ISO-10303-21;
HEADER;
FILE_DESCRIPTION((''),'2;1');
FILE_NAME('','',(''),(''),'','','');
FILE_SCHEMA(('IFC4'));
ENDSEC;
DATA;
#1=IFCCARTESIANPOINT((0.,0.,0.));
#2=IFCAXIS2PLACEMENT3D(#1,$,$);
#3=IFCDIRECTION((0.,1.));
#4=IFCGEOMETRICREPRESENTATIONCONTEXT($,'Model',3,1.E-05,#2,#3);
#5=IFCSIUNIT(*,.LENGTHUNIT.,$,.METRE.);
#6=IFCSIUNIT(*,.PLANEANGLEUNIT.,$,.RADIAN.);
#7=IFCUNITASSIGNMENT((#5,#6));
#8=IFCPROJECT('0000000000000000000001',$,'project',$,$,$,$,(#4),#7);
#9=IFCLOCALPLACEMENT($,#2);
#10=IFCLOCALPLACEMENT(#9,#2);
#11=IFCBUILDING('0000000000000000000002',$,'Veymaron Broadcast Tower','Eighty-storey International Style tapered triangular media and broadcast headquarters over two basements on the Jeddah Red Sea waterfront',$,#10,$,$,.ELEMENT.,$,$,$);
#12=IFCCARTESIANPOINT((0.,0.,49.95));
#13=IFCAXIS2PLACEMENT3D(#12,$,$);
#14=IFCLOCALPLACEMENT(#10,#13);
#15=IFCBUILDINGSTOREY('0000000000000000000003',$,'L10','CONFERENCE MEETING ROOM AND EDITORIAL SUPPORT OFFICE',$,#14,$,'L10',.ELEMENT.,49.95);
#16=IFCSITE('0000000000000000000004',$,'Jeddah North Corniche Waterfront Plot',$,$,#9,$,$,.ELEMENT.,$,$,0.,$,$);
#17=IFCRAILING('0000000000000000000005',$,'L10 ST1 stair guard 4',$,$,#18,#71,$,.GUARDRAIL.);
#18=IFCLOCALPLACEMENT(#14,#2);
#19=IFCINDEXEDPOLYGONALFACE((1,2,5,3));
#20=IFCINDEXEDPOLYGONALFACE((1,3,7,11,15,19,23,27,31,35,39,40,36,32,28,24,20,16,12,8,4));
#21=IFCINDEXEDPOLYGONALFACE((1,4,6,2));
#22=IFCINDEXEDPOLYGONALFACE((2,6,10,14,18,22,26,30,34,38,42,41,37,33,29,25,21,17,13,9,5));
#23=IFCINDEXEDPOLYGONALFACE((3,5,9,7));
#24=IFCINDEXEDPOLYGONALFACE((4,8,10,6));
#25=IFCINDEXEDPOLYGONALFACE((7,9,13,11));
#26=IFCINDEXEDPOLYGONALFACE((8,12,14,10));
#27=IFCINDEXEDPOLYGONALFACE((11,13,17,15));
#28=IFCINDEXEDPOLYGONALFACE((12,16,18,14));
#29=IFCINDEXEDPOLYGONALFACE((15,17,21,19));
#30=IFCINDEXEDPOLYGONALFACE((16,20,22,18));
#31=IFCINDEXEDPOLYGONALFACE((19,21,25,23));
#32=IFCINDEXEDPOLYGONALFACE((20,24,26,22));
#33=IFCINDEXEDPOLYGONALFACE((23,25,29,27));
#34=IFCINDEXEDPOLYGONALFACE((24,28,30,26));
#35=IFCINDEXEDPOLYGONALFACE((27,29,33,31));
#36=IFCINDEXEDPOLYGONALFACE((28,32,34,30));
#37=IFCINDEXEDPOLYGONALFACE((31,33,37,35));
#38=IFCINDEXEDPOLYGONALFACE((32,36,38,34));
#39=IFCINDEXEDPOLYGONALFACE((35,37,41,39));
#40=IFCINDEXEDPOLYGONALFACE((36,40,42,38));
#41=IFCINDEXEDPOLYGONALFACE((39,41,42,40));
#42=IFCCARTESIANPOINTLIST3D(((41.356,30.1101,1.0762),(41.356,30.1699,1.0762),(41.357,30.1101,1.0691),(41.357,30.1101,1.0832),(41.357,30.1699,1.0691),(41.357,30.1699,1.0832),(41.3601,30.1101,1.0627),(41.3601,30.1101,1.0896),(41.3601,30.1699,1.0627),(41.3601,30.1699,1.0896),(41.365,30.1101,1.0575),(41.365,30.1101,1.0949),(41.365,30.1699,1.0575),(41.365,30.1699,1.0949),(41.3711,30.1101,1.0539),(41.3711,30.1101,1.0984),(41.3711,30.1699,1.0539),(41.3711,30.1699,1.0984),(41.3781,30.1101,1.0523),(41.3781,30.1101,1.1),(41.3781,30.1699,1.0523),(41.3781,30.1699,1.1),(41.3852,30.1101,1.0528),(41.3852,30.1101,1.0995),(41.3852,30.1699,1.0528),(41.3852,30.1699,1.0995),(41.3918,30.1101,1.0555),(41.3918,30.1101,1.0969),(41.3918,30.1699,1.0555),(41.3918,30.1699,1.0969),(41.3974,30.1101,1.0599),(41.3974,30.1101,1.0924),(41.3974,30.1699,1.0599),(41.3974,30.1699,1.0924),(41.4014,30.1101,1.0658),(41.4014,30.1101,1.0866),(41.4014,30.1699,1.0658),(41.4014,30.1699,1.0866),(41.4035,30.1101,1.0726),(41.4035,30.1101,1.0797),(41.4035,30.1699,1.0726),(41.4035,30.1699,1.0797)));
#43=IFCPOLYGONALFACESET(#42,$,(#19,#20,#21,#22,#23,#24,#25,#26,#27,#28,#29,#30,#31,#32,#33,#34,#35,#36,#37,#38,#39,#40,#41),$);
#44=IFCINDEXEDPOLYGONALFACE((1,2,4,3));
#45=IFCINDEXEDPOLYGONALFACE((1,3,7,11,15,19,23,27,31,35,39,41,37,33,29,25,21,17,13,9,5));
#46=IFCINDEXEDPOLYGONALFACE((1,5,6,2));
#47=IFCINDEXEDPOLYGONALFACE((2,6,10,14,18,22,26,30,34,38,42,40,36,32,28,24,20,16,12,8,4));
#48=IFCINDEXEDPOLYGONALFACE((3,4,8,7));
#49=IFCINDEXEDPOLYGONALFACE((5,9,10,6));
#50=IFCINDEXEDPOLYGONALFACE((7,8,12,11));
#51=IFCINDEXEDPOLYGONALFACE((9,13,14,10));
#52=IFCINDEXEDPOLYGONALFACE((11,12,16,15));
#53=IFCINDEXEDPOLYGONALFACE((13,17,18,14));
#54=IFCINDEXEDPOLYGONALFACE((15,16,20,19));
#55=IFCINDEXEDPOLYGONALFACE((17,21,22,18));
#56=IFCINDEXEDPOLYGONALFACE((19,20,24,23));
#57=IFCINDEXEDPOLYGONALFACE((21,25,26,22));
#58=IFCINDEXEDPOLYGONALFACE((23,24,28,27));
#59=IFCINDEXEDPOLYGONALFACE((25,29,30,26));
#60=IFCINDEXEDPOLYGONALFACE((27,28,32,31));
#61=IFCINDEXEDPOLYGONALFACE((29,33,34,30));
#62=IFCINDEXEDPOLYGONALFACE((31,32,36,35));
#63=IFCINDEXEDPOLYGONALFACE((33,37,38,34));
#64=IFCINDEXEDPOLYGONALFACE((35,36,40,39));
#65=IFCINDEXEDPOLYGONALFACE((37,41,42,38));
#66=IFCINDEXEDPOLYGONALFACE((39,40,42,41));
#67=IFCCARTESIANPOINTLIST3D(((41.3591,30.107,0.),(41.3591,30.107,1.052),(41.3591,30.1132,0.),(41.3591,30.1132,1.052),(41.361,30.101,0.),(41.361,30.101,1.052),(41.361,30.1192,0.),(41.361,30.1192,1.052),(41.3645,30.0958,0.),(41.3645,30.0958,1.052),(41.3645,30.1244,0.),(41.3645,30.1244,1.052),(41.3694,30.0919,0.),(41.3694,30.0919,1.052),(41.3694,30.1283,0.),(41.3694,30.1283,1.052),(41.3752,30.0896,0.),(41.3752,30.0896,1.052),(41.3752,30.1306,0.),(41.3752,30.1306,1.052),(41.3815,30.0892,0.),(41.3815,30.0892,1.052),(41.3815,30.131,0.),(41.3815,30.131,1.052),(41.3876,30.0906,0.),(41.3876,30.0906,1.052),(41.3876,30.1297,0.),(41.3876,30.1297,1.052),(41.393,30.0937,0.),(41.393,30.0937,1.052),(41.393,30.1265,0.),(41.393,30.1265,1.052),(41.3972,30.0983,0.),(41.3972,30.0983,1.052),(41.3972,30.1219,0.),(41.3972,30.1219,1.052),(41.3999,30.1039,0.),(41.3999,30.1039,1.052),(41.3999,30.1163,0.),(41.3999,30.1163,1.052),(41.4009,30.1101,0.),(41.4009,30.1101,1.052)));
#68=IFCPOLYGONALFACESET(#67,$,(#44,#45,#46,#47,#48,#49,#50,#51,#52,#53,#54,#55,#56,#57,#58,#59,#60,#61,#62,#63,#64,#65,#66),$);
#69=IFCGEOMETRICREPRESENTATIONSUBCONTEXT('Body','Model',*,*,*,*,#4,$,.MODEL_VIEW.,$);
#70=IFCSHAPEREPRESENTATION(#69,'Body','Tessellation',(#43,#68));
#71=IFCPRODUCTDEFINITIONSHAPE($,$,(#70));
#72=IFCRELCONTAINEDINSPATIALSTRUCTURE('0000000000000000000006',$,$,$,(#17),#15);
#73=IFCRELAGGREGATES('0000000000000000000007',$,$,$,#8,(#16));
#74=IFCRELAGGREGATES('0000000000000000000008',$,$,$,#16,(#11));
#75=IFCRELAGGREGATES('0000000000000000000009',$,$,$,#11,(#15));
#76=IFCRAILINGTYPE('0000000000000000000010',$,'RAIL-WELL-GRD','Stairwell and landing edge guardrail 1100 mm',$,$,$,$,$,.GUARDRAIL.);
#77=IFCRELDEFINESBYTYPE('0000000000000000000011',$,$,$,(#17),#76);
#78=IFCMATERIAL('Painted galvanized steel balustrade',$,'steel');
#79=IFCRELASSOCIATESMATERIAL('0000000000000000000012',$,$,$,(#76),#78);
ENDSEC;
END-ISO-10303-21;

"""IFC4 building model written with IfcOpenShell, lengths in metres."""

from ifc_helpers import new_model, si_unit, direction, frame, origin, origin_2d, place, context, subcontext, project, spatial, circle, extrude, material, type_object, element, save


model = new_model("IFC4")

# Units and contexts
model_context = context("Model", 3, precision=1e-05, world=origin(), true_north=direction((0.0, 1.0)))
body_context = subcontext(model_context, "Body", "Model", "MODEL_VIEW")
ifc_project = project(units=[si_unit("LENGTHUNIT", "METRE"), si_unit("PLANEANGLEUNIT", "RADIAN")], contexts=[model_context])

# Site, building, storey
site_placement = place(None, origin())
site = spatial("IfcSite", under=ifc_project, at=site_placement, Name="Jeddah North Corniche Waterfront Plot", CompositionType="ELEMENT", RefElevation=0.0)
building_placement = place(site_placement, origin())
building = spatial("IfcBuilding", under=site, at=building_placement, Name="Veymaron Broadcast Tower", Description="Eighty-storey International Style tapered triangular media and broadcast headquarters over two basements on the Jeddah Red Sea waterfront", CompositionType="ELEMENT")
storey_placement = place(building_placement, frame((0.0, 0.0, 49.95)))
storey = spatial("IfcBuildingStorey", under=building, at=storey_placement, Name="L10", Description="CONFERENCE MEETING ROOM AND EDITORIAL SUPPORT OFFICE", LongName="L10", CompositionType="ELEMENT", Elevation=49.95)

# Railing
ifc_material_1 = material(Name="Painted galvanized steel balustrade", Category="steel")
railing_type_1 = type_object("IfcRailingType", Name="RAIL-WELL-GRD", Description="Stairwell and landing edge guardrail 1100 mm", PredefinedType="GUARDRAIL", material=ifc_material_1)
railing_1_placement = place(storey_placement, frame((41.3799, 30.1101, 0.0)))
element("IfcRailing", 1, at=railing_1_placement, inside=storey, type_object=railing_type_1, Name="L10 ST1 stair guard 4", PredefinedType="GUARDRAIL", context=body_context, shape_type="SweptSolid", body=[
    extrude(circle(Radius=0.0239, at=origin_2d()), frame((0.0, 0.0, 1.0762), z_axis=(0.0, 1.0, 0.0), x_axis=(-1.0, 0.0, 0.0)), (0.0, 0.0, 1.0), 0.0598),
    extrude(circle(Radius=0.021, at=origin_2d()), origin(), (0.0, 0.0, 1.0), 1.052),
])

save(model, "model.ifc")
